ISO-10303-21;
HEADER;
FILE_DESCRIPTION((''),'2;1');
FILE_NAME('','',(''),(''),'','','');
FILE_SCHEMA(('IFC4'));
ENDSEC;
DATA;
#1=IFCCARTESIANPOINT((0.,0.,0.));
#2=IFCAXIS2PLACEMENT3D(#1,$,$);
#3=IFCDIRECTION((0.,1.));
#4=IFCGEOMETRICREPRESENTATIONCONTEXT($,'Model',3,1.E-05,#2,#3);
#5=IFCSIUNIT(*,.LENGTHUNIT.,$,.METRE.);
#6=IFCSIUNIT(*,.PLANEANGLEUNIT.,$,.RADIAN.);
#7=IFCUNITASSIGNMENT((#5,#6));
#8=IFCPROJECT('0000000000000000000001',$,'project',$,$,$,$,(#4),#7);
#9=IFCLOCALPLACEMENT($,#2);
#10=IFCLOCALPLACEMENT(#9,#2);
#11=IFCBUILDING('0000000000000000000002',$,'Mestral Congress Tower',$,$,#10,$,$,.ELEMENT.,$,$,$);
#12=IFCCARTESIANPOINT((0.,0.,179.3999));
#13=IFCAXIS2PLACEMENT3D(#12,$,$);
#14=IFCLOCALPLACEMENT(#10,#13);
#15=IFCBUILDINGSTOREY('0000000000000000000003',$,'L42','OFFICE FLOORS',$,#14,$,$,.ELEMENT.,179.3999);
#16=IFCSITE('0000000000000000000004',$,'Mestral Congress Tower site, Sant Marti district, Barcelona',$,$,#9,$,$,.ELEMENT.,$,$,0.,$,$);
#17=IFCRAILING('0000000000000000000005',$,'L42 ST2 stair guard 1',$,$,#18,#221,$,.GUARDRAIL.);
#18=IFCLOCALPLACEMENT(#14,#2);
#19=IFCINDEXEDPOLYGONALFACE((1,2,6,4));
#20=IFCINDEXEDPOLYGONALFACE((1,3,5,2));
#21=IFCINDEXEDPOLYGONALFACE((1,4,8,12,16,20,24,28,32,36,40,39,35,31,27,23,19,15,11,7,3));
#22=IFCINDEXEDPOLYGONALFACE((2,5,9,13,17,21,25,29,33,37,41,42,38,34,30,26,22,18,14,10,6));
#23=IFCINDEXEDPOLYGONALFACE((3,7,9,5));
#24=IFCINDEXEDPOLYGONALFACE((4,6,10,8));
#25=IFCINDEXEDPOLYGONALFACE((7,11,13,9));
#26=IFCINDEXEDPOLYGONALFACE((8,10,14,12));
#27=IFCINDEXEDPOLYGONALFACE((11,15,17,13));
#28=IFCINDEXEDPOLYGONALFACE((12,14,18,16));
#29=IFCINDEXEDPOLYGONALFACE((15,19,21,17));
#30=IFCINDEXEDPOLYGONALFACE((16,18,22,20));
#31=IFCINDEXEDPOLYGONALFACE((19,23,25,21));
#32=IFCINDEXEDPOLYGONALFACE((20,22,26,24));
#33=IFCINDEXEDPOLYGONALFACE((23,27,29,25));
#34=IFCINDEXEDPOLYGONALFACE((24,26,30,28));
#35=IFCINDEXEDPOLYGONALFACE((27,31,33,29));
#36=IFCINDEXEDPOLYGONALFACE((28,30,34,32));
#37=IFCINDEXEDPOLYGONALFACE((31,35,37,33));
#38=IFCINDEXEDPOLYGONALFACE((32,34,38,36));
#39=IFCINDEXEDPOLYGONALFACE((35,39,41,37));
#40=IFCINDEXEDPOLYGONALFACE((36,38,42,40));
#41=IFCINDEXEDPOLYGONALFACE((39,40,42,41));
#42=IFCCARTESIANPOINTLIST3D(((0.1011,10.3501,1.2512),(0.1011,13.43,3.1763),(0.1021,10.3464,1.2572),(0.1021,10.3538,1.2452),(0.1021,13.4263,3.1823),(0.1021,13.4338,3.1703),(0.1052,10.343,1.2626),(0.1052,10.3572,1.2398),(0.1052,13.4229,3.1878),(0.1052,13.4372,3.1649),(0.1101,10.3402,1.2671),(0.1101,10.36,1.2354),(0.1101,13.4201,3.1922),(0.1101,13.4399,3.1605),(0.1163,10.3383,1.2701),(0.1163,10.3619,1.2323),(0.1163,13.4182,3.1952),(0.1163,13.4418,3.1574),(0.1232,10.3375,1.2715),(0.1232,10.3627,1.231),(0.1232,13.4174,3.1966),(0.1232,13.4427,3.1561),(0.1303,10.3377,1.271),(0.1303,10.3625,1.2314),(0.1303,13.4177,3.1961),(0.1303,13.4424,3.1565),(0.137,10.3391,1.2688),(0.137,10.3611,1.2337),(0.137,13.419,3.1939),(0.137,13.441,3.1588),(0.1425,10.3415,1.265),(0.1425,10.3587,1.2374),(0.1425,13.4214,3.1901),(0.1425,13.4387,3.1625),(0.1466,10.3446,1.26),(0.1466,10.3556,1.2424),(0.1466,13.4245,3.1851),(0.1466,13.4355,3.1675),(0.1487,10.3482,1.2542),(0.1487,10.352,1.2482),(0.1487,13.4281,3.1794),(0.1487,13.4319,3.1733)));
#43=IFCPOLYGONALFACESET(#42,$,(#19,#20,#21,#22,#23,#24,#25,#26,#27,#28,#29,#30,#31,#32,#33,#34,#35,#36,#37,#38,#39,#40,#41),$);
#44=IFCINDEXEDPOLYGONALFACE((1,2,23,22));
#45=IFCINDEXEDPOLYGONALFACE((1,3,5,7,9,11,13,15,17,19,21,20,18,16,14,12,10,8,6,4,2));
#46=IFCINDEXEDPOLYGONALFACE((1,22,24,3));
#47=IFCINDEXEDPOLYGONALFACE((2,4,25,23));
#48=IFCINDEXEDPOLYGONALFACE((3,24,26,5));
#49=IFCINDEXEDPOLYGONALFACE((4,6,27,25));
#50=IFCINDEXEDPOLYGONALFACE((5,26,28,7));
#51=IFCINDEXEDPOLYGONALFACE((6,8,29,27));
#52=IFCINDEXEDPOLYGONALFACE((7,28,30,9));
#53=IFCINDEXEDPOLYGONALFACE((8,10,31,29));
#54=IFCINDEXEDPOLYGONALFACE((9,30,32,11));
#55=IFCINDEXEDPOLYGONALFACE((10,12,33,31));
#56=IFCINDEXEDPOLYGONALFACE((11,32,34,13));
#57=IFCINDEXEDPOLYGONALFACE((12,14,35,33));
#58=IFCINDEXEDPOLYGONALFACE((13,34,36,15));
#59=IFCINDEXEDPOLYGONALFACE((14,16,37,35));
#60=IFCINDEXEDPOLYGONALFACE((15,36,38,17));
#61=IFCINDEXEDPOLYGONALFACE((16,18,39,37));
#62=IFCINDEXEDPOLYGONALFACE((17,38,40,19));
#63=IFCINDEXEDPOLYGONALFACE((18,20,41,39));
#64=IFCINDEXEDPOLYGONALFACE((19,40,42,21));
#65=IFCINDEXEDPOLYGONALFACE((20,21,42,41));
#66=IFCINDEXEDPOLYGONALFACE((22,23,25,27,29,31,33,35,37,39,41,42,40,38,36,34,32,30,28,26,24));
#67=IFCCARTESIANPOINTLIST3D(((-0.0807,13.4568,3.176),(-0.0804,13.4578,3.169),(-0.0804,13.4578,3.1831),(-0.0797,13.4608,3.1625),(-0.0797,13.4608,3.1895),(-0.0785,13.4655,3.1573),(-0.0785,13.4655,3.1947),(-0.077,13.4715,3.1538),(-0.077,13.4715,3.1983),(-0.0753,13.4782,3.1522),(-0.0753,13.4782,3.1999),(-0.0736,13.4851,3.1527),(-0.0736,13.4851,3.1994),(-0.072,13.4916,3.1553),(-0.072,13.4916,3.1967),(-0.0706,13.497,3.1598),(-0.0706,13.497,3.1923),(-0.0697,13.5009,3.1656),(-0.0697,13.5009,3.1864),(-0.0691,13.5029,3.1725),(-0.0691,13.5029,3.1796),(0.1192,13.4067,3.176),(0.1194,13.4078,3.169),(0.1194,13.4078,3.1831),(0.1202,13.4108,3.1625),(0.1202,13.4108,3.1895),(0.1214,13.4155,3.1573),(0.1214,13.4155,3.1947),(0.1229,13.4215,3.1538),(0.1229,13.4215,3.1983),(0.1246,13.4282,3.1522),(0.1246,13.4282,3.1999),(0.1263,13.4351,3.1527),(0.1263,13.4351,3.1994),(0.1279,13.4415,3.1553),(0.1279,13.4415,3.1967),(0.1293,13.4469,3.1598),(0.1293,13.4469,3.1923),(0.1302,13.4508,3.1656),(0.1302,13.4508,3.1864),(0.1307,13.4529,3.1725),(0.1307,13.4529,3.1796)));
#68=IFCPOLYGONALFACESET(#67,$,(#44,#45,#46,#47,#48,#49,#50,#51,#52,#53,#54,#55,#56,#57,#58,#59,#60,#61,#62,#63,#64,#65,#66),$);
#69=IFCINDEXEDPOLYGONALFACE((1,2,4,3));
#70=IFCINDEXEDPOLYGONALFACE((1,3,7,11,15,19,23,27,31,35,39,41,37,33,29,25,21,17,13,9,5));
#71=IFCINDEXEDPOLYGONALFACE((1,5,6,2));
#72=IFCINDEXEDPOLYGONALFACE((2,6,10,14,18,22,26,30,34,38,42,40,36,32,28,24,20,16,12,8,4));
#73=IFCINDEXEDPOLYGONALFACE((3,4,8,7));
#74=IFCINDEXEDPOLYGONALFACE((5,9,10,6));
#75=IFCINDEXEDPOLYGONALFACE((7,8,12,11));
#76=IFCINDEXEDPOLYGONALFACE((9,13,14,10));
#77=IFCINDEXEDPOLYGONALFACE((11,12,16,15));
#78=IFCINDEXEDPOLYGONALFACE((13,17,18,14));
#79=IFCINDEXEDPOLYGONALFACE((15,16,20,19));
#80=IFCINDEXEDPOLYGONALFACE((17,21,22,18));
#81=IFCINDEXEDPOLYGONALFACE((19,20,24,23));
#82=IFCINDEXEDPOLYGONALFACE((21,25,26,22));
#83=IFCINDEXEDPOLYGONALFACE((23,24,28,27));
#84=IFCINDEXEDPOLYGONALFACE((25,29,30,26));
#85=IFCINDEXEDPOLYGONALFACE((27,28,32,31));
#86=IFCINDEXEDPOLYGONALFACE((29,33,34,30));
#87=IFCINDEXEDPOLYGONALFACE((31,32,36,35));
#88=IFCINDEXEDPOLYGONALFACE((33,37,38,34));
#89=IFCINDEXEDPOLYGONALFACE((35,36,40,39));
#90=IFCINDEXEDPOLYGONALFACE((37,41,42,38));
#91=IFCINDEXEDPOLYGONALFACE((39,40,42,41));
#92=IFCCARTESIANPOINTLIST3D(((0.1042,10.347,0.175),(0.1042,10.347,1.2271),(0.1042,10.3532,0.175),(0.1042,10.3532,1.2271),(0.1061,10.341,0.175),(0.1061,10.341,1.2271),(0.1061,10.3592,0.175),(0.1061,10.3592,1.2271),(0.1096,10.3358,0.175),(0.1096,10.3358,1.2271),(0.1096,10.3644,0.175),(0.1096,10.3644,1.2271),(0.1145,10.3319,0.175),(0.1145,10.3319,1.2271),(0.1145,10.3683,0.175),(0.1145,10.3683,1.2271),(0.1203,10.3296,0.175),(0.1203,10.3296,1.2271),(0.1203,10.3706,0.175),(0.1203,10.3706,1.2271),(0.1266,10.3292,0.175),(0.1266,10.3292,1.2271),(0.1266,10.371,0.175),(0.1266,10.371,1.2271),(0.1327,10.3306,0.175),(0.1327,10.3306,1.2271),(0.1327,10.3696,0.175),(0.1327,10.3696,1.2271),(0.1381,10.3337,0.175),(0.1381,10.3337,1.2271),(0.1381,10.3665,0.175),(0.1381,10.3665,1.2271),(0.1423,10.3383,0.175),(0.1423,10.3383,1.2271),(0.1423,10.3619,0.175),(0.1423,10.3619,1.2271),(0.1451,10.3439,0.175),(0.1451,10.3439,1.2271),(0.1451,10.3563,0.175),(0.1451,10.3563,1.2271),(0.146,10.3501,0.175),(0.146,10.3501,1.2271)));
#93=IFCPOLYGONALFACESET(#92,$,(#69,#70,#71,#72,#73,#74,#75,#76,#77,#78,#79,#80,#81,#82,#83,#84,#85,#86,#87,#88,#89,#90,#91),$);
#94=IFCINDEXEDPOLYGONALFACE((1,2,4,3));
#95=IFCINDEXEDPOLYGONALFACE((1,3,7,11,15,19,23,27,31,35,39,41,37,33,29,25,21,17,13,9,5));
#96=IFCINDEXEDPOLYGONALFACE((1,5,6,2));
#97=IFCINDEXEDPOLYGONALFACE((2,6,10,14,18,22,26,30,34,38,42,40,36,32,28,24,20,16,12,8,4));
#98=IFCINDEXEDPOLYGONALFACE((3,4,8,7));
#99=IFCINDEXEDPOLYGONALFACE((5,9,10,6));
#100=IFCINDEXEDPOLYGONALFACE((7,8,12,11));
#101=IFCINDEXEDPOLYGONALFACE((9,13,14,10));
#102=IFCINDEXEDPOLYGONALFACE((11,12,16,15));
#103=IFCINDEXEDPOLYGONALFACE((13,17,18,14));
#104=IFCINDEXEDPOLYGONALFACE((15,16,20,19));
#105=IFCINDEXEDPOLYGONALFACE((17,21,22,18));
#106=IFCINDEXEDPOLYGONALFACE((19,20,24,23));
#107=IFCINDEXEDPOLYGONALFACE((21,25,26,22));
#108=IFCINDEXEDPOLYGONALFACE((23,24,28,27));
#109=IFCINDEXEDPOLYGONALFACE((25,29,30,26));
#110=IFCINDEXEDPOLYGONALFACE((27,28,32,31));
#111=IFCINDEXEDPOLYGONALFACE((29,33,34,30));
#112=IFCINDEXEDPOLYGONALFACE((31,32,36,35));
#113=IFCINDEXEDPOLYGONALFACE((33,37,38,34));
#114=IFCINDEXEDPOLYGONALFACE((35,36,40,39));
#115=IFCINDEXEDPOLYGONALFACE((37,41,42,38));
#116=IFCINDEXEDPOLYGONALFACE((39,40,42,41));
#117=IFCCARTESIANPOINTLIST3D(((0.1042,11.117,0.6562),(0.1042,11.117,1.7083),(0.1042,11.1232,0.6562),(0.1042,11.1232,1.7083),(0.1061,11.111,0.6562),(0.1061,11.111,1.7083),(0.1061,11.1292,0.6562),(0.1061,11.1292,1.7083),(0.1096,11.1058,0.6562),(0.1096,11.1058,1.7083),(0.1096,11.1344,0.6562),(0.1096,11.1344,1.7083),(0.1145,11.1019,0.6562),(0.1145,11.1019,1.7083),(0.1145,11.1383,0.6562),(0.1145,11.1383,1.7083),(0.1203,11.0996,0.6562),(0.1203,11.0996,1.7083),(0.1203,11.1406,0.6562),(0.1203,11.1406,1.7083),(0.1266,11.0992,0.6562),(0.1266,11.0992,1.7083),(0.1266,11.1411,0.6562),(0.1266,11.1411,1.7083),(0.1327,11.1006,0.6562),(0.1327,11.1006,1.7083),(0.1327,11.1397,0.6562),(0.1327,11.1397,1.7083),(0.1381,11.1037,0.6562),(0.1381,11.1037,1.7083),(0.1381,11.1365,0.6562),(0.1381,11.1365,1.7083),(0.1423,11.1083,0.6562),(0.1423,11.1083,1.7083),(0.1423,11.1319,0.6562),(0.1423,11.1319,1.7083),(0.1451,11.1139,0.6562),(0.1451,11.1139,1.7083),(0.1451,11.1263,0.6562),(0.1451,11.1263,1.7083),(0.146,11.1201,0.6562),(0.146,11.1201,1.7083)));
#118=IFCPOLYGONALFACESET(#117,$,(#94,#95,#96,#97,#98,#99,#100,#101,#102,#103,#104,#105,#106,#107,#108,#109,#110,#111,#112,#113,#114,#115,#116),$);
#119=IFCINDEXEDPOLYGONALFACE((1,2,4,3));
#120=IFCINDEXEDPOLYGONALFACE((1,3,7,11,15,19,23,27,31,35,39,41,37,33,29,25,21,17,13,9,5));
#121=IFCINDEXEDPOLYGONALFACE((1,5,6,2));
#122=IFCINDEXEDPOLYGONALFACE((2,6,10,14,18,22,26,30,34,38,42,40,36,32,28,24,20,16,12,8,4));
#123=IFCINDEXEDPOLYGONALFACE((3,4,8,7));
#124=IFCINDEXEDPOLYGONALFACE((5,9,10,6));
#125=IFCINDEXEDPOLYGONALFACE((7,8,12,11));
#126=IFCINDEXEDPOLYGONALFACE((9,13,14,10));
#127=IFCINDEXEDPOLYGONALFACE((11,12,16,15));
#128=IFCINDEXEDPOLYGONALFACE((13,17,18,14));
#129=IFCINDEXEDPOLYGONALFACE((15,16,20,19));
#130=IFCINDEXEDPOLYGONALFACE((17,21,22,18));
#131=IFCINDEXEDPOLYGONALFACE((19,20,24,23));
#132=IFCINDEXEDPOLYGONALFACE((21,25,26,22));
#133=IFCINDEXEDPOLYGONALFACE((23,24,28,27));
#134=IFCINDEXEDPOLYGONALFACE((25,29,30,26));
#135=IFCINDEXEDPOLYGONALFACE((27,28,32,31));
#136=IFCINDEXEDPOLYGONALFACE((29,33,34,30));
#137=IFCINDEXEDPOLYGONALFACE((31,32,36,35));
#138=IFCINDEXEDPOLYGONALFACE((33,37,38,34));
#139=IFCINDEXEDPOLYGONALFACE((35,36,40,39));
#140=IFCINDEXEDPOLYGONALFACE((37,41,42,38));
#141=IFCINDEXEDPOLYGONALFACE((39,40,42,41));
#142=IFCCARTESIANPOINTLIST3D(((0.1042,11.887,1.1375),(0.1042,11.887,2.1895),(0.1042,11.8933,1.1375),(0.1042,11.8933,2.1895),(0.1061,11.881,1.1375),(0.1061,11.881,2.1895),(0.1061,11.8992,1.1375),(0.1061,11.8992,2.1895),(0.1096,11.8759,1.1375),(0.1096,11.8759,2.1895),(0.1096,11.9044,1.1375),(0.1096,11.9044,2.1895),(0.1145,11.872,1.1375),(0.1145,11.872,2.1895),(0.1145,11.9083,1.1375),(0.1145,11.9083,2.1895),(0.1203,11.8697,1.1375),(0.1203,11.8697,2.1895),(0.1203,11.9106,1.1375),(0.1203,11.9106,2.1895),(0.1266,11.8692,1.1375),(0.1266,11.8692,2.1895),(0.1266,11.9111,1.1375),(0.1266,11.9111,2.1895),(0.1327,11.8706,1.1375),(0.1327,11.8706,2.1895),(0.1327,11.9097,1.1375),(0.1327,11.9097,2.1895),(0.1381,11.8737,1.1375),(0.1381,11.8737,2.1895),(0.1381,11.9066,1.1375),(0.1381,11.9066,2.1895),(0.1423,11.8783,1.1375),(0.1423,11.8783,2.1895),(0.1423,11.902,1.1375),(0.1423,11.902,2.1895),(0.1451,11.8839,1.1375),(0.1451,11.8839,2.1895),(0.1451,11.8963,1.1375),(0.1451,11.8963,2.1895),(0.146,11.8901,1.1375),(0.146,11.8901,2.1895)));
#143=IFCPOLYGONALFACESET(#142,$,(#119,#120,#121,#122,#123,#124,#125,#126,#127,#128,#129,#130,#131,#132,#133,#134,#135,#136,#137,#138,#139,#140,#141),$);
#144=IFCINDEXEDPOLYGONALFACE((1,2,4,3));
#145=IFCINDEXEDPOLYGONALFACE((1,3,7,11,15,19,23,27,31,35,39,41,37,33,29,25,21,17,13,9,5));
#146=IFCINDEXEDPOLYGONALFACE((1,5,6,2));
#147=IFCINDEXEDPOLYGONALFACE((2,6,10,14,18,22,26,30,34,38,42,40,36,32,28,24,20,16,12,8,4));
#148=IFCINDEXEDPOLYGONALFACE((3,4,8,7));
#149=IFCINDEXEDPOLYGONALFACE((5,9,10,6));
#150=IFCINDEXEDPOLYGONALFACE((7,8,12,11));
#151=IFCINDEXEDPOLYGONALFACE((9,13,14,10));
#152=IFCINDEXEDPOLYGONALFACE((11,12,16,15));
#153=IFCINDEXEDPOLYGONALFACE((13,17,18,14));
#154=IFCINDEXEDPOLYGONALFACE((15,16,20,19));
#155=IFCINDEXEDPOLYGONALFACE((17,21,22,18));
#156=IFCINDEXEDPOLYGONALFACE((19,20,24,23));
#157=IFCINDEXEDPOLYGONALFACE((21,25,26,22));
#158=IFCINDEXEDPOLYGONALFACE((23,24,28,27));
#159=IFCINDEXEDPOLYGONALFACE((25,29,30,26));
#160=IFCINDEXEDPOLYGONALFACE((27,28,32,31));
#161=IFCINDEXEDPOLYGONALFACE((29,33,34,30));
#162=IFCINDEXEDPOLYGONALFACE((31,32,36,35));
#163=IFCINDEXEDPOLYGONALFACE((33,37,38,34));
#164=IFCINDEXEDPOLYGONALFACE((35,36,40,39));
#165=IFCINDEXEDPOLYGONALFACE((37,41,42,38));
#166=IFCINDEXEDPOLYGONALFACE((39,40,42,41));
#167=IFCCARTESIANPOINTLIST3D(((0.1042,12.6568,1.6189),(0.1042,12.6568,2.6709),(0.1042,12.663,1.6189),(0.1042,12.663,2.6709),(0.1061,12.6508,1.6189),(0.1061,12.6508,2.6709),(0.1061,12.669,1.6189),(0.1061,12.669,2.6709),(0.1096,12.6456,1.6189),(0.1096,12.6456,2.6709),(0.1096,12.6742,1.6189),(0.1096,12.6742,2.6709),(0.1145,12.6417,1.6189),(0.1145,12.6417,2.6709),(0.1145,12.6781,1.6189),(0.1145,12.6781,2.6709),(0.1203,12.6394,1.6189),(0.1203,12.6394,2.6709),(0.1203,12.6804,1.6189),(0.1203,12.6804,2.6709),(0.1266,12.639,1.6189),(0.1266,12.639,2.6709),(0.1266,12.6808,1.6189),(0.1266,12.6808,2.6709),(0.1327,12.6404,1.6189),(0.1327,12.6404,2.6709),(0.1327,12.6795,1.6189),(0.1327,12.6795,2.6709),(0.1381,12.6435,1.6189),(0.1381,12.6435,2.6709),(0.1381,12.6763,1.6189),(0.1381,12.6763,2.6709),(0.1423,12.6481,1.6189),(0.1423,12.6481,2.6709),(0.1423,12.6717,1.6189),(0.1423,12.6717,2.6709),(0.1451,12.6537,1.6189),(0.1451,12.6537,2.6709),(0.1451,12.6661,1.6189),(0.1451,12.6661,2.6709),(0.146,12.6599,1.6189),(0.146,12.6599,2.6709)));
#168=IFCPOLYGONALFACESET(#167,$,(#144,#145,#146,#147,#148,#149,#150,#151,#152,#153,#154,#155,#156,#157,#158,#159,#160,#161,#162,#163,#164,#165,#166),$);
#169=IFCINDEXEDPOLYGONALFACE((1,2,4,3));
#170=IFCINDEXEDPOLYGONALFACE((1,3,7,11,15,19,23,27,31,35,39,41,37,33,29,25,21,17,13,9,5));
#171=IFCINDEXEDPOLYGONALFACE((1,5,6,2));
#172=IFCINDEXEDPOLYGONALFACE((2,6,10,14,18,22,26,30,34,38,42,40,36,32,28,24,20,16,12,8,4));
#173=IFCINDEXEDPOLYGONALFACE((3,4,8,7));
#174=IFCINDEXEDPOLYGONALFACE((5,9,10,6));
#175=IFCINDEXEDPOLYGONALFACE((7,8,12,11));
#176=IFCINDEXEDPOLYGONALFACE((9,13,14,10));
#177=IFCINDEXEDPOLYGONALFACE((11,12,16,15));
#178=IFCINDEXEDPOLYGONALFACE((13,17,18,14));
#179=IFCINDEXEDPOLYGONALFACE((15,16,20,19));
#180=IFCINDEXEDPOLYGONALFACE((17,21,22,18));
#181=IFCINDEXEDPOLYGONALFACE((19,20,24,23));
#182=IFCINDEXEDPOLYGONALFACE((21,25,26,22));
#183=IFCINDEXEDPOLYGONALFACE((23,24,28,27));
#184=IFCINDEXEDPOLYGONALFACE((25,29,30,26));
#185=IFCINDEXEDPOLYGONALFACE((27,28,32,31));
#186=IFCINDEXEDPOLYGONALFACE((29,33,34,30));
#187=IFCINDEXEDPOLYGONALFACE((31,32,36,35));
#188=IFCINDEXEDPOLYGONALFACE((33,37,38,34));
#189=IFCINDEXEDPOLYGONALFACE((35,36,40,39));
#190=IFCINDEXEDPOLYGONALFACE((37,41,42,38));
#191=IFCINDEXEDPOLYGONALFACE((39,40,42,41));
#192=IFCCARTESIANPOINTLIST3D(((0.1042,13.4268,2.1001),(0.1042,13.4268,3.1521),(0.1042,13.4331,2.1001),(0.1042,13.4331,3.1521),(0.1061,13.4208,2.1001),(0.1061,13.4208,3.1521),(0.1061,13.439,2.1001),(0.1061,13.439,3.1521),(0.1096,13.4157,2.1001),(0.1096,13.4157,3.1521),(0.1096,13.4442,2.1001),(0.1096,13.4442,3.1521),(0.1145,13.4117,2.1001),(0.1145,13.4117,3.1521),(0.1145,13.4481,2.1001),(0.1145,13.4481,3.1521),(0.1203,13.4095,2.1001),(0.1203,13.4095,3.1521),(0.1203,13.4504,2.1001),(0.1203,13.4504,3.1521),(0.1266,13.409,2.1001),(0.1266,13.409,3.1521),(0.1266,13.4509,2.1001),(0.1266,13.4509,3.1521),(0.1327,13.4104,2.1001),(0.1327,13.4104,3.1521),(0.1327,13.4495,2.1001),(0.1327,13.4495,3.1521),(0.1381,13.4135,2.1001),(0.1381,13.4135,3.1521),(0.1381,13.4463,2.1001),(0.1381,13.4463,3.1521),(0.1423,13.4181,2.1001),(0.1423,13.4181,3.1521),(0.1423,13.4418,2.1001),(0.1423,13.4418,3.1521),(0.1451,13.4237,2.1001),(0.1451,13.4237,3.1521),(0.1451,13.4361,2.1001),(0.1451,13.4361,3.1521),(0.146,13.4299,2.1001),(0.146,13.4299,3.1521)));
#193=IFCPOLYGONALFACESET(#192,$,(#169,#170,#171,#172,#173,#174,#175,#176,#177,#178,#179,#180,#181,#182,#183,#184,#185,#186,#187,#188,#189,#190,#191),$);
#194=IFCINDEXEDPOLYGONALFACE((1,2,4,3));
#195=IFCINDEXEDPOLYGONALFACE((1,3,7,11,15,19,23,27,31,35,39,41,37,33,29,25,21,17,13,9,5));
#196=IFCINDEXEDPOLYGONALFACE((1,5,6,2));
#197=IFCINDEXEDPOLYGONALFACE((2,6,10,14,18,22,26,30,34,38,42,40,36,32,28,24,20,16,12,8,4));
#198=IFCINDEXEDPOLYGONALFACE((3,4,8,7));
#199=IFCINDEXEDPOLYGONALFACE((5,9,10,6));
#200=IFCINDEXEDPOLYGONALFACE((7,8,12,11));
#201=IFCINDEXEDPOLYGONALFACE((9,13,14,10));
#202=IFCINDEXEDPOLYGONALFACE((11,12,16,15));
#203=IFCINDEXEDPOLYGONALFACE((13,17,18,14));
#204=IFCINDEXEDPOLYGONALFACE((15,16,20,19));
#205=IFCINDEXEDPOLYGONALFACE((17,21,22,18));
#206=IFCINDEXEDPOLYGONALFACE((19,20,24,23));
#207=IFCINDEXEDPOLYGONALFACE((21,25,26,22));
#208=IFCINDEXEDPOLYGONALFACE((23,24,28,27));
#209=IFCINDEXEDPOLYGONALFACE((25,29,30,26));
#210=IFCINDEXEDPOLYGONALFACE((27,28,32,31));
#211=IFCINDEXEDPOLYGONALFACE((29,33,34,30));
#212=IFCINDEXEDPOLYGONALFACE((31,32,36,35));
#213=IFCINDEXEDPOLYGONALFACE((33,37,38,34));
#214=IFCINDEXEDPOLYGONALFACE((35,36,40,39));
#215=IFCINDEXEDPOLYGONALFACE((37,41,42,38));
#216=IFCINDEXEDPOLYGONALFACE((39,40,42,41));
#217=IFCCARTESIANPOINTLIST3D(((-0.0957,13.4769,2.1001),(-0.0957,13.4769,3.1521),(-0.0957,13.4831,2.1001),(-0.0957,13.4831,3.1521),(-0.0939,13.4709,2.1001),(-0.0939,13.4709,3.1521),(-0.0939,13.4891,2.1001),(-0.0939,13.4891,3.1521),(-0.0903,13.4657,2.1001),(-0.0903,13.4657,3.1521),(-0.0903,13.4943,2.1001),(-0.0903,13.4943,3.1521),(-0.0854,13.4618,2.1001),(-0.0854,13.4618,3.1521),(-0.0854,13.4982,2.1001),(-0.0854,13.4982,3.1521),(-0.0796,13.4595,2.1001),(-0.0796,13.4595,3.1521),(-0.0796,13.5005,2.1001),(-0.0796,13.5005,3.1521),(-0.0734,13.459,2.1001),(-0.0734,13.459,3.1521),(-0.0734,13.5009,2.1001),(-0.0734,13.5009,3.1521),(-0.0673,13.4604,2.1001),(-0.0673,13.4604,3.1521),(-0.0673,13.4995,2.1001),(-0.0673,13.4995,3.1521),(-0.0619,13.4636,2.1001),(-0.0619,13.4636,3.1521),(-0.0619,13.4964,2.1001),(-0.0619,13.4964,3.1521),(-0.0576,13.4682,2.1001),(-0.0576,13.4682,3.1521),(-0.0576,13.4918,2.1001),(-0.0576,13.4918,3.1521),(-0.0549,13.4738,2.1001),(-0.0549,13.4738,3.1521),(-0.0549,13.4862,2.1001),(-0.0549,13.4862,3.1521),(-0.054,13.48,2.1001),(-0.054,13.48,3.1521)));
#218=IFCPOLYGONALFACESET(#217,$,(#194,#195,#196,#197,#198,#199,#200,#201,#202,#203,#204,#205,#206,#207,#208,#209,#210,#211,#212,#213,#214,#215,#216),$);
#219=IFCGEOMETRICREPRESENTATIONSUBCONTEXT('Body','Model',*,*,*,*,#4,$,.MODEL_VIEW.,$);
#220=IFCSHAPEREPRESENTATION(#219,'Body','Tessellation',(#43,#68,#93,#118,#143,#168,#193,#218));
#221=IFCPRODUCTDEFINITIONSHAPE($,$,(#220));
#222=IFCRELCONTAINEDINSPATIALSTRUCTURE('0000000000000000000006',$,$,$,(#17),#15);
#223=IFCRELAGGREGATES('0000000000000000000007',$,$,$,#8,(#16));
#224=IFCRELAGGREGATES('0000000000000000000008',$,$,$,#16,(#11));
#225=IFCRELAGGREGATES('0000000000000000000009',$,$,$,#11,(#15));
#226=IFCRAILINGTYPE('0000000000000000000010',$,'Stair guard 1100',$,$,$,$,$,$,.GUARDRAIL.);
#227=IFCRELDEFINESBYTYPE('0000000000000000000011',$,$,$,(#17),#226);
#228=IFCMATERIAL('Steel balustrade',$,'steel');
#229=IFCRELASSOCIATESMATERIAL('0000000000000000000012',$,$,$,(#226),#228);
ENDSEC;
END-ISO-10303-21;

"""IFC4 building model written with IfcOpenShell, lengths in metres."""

from ifc_helpers import new_model, si_unit, direction, frame, origin, origin_2d, place, context, subcontext, project, spatial, circle, extrude, material, type_object, element, save


model = new_model("IFC4")

# Units and contexts
model_context = context("Model", 3, precision=1e-05, world=origin(), true_north=direction((0.0, 1.0)))
body_context = subcontext(model_context, "Body", "Model", "MODEL_VIEW")
ifc_project = project(units=[si_unit("LENGTHUNIT", "METRE"), si_unit("PLANEANGLEUNIT", "RADIAN")], contexts=[model_context])

# Site, building, storey
site_placement = place(None, origin())
site = spatial("IfcSite", under=ifc_project, at=site_placement, Name="Mestral Congress Tower site, Sant Marti district, Barcelona", CompositionType="ELEMENT", RefElevation=0.0)
building_placement = place(site_placement, origin())
building = spatial("IfcBuilding", under=site, at=building_placement, Name="Mestral Congress Tower", CompositionType="ELEMENT")
storey_placement = place(building_placement, frame((0.0, 0.0, 179.3999)))
storey = spatial("IfcBuildingStorey", under=building, at=storey_placement, Name="L42", Description="OFFICE FLOORS", CompositionType="ELEMENT", Elevation=179.3999)

# Railing
ifc_material_1 = material(Name="Steel balustrade", Category="steel")
railing_type_1 = type_object("IfcRailingType", Name="Stair guard 1100", PredefinedType="GUARDRAIL", material=ifc_material_1)
railing_1_placement = place(storey_placement, frame((0.125, 10.3501, 0.175)))
element("IfcRailing", 1, at=railing_1_placement, inside=storey, type_object=railing_type_1, Name="L42 ST2 stair guard 1", PredefinedType="GUARDRAIL", context=body_context, shape_type="SweptSolid", body=[
    extrude(circle(Radius=0.0239, at=origin_2d()), frame((0.0, 0.0, 1.0762), z_axis=(0.0, 0.847979, 0.530029), x_axis=(-1.0, 0.0, 0.0)), (0.0, 0.0, 1.0), 3.6321),
    extrude(circle(Radius=0.0239, at=origin_2d()), frame((0.0, 3.0798, 3.001), z_axis=(-0.970073, 0.242814, 0.0), x_axis=(-0.242814, -0.970073, 0.0)), (0.0, 0.0, 1.0), 0.2061),
    extrude(circle(Radius=0.021, at=origin_2d()), origin(), (0.0, 0.0, 1.0), 1.052),
    extrude(circle(Radius=0.021, at=origin_2d()), frame((0.0, 0.77, 0.4812)), (0.0, 0.0, 1.0), 1.052),
    extrude(circle(Radius=0.021, at=origin_2d()), frame((0.0, 1.54, 0.9624)), (0.0, 0.0, 1.0), 1.052),
    extrude(circle(Radius=0.021, at=origin_2d()), frame((0.0, 2.3098, 1.4438)), (0.0, 0.0, 1.0), 1.052),
    extrude(circle(Radius=0.021, at=origin_2d()), frame((0.0, 3.0798, 1.925)), (0.0, 0.0, 1.0), 1.052),
    extrude(circle(Radius=0.021, at=origin_2d()), frame((-0.2, 3.1299, 1.925)), (0.0, 0.0, 1.0), 1.052),
])

save(model, "model.ifc")
